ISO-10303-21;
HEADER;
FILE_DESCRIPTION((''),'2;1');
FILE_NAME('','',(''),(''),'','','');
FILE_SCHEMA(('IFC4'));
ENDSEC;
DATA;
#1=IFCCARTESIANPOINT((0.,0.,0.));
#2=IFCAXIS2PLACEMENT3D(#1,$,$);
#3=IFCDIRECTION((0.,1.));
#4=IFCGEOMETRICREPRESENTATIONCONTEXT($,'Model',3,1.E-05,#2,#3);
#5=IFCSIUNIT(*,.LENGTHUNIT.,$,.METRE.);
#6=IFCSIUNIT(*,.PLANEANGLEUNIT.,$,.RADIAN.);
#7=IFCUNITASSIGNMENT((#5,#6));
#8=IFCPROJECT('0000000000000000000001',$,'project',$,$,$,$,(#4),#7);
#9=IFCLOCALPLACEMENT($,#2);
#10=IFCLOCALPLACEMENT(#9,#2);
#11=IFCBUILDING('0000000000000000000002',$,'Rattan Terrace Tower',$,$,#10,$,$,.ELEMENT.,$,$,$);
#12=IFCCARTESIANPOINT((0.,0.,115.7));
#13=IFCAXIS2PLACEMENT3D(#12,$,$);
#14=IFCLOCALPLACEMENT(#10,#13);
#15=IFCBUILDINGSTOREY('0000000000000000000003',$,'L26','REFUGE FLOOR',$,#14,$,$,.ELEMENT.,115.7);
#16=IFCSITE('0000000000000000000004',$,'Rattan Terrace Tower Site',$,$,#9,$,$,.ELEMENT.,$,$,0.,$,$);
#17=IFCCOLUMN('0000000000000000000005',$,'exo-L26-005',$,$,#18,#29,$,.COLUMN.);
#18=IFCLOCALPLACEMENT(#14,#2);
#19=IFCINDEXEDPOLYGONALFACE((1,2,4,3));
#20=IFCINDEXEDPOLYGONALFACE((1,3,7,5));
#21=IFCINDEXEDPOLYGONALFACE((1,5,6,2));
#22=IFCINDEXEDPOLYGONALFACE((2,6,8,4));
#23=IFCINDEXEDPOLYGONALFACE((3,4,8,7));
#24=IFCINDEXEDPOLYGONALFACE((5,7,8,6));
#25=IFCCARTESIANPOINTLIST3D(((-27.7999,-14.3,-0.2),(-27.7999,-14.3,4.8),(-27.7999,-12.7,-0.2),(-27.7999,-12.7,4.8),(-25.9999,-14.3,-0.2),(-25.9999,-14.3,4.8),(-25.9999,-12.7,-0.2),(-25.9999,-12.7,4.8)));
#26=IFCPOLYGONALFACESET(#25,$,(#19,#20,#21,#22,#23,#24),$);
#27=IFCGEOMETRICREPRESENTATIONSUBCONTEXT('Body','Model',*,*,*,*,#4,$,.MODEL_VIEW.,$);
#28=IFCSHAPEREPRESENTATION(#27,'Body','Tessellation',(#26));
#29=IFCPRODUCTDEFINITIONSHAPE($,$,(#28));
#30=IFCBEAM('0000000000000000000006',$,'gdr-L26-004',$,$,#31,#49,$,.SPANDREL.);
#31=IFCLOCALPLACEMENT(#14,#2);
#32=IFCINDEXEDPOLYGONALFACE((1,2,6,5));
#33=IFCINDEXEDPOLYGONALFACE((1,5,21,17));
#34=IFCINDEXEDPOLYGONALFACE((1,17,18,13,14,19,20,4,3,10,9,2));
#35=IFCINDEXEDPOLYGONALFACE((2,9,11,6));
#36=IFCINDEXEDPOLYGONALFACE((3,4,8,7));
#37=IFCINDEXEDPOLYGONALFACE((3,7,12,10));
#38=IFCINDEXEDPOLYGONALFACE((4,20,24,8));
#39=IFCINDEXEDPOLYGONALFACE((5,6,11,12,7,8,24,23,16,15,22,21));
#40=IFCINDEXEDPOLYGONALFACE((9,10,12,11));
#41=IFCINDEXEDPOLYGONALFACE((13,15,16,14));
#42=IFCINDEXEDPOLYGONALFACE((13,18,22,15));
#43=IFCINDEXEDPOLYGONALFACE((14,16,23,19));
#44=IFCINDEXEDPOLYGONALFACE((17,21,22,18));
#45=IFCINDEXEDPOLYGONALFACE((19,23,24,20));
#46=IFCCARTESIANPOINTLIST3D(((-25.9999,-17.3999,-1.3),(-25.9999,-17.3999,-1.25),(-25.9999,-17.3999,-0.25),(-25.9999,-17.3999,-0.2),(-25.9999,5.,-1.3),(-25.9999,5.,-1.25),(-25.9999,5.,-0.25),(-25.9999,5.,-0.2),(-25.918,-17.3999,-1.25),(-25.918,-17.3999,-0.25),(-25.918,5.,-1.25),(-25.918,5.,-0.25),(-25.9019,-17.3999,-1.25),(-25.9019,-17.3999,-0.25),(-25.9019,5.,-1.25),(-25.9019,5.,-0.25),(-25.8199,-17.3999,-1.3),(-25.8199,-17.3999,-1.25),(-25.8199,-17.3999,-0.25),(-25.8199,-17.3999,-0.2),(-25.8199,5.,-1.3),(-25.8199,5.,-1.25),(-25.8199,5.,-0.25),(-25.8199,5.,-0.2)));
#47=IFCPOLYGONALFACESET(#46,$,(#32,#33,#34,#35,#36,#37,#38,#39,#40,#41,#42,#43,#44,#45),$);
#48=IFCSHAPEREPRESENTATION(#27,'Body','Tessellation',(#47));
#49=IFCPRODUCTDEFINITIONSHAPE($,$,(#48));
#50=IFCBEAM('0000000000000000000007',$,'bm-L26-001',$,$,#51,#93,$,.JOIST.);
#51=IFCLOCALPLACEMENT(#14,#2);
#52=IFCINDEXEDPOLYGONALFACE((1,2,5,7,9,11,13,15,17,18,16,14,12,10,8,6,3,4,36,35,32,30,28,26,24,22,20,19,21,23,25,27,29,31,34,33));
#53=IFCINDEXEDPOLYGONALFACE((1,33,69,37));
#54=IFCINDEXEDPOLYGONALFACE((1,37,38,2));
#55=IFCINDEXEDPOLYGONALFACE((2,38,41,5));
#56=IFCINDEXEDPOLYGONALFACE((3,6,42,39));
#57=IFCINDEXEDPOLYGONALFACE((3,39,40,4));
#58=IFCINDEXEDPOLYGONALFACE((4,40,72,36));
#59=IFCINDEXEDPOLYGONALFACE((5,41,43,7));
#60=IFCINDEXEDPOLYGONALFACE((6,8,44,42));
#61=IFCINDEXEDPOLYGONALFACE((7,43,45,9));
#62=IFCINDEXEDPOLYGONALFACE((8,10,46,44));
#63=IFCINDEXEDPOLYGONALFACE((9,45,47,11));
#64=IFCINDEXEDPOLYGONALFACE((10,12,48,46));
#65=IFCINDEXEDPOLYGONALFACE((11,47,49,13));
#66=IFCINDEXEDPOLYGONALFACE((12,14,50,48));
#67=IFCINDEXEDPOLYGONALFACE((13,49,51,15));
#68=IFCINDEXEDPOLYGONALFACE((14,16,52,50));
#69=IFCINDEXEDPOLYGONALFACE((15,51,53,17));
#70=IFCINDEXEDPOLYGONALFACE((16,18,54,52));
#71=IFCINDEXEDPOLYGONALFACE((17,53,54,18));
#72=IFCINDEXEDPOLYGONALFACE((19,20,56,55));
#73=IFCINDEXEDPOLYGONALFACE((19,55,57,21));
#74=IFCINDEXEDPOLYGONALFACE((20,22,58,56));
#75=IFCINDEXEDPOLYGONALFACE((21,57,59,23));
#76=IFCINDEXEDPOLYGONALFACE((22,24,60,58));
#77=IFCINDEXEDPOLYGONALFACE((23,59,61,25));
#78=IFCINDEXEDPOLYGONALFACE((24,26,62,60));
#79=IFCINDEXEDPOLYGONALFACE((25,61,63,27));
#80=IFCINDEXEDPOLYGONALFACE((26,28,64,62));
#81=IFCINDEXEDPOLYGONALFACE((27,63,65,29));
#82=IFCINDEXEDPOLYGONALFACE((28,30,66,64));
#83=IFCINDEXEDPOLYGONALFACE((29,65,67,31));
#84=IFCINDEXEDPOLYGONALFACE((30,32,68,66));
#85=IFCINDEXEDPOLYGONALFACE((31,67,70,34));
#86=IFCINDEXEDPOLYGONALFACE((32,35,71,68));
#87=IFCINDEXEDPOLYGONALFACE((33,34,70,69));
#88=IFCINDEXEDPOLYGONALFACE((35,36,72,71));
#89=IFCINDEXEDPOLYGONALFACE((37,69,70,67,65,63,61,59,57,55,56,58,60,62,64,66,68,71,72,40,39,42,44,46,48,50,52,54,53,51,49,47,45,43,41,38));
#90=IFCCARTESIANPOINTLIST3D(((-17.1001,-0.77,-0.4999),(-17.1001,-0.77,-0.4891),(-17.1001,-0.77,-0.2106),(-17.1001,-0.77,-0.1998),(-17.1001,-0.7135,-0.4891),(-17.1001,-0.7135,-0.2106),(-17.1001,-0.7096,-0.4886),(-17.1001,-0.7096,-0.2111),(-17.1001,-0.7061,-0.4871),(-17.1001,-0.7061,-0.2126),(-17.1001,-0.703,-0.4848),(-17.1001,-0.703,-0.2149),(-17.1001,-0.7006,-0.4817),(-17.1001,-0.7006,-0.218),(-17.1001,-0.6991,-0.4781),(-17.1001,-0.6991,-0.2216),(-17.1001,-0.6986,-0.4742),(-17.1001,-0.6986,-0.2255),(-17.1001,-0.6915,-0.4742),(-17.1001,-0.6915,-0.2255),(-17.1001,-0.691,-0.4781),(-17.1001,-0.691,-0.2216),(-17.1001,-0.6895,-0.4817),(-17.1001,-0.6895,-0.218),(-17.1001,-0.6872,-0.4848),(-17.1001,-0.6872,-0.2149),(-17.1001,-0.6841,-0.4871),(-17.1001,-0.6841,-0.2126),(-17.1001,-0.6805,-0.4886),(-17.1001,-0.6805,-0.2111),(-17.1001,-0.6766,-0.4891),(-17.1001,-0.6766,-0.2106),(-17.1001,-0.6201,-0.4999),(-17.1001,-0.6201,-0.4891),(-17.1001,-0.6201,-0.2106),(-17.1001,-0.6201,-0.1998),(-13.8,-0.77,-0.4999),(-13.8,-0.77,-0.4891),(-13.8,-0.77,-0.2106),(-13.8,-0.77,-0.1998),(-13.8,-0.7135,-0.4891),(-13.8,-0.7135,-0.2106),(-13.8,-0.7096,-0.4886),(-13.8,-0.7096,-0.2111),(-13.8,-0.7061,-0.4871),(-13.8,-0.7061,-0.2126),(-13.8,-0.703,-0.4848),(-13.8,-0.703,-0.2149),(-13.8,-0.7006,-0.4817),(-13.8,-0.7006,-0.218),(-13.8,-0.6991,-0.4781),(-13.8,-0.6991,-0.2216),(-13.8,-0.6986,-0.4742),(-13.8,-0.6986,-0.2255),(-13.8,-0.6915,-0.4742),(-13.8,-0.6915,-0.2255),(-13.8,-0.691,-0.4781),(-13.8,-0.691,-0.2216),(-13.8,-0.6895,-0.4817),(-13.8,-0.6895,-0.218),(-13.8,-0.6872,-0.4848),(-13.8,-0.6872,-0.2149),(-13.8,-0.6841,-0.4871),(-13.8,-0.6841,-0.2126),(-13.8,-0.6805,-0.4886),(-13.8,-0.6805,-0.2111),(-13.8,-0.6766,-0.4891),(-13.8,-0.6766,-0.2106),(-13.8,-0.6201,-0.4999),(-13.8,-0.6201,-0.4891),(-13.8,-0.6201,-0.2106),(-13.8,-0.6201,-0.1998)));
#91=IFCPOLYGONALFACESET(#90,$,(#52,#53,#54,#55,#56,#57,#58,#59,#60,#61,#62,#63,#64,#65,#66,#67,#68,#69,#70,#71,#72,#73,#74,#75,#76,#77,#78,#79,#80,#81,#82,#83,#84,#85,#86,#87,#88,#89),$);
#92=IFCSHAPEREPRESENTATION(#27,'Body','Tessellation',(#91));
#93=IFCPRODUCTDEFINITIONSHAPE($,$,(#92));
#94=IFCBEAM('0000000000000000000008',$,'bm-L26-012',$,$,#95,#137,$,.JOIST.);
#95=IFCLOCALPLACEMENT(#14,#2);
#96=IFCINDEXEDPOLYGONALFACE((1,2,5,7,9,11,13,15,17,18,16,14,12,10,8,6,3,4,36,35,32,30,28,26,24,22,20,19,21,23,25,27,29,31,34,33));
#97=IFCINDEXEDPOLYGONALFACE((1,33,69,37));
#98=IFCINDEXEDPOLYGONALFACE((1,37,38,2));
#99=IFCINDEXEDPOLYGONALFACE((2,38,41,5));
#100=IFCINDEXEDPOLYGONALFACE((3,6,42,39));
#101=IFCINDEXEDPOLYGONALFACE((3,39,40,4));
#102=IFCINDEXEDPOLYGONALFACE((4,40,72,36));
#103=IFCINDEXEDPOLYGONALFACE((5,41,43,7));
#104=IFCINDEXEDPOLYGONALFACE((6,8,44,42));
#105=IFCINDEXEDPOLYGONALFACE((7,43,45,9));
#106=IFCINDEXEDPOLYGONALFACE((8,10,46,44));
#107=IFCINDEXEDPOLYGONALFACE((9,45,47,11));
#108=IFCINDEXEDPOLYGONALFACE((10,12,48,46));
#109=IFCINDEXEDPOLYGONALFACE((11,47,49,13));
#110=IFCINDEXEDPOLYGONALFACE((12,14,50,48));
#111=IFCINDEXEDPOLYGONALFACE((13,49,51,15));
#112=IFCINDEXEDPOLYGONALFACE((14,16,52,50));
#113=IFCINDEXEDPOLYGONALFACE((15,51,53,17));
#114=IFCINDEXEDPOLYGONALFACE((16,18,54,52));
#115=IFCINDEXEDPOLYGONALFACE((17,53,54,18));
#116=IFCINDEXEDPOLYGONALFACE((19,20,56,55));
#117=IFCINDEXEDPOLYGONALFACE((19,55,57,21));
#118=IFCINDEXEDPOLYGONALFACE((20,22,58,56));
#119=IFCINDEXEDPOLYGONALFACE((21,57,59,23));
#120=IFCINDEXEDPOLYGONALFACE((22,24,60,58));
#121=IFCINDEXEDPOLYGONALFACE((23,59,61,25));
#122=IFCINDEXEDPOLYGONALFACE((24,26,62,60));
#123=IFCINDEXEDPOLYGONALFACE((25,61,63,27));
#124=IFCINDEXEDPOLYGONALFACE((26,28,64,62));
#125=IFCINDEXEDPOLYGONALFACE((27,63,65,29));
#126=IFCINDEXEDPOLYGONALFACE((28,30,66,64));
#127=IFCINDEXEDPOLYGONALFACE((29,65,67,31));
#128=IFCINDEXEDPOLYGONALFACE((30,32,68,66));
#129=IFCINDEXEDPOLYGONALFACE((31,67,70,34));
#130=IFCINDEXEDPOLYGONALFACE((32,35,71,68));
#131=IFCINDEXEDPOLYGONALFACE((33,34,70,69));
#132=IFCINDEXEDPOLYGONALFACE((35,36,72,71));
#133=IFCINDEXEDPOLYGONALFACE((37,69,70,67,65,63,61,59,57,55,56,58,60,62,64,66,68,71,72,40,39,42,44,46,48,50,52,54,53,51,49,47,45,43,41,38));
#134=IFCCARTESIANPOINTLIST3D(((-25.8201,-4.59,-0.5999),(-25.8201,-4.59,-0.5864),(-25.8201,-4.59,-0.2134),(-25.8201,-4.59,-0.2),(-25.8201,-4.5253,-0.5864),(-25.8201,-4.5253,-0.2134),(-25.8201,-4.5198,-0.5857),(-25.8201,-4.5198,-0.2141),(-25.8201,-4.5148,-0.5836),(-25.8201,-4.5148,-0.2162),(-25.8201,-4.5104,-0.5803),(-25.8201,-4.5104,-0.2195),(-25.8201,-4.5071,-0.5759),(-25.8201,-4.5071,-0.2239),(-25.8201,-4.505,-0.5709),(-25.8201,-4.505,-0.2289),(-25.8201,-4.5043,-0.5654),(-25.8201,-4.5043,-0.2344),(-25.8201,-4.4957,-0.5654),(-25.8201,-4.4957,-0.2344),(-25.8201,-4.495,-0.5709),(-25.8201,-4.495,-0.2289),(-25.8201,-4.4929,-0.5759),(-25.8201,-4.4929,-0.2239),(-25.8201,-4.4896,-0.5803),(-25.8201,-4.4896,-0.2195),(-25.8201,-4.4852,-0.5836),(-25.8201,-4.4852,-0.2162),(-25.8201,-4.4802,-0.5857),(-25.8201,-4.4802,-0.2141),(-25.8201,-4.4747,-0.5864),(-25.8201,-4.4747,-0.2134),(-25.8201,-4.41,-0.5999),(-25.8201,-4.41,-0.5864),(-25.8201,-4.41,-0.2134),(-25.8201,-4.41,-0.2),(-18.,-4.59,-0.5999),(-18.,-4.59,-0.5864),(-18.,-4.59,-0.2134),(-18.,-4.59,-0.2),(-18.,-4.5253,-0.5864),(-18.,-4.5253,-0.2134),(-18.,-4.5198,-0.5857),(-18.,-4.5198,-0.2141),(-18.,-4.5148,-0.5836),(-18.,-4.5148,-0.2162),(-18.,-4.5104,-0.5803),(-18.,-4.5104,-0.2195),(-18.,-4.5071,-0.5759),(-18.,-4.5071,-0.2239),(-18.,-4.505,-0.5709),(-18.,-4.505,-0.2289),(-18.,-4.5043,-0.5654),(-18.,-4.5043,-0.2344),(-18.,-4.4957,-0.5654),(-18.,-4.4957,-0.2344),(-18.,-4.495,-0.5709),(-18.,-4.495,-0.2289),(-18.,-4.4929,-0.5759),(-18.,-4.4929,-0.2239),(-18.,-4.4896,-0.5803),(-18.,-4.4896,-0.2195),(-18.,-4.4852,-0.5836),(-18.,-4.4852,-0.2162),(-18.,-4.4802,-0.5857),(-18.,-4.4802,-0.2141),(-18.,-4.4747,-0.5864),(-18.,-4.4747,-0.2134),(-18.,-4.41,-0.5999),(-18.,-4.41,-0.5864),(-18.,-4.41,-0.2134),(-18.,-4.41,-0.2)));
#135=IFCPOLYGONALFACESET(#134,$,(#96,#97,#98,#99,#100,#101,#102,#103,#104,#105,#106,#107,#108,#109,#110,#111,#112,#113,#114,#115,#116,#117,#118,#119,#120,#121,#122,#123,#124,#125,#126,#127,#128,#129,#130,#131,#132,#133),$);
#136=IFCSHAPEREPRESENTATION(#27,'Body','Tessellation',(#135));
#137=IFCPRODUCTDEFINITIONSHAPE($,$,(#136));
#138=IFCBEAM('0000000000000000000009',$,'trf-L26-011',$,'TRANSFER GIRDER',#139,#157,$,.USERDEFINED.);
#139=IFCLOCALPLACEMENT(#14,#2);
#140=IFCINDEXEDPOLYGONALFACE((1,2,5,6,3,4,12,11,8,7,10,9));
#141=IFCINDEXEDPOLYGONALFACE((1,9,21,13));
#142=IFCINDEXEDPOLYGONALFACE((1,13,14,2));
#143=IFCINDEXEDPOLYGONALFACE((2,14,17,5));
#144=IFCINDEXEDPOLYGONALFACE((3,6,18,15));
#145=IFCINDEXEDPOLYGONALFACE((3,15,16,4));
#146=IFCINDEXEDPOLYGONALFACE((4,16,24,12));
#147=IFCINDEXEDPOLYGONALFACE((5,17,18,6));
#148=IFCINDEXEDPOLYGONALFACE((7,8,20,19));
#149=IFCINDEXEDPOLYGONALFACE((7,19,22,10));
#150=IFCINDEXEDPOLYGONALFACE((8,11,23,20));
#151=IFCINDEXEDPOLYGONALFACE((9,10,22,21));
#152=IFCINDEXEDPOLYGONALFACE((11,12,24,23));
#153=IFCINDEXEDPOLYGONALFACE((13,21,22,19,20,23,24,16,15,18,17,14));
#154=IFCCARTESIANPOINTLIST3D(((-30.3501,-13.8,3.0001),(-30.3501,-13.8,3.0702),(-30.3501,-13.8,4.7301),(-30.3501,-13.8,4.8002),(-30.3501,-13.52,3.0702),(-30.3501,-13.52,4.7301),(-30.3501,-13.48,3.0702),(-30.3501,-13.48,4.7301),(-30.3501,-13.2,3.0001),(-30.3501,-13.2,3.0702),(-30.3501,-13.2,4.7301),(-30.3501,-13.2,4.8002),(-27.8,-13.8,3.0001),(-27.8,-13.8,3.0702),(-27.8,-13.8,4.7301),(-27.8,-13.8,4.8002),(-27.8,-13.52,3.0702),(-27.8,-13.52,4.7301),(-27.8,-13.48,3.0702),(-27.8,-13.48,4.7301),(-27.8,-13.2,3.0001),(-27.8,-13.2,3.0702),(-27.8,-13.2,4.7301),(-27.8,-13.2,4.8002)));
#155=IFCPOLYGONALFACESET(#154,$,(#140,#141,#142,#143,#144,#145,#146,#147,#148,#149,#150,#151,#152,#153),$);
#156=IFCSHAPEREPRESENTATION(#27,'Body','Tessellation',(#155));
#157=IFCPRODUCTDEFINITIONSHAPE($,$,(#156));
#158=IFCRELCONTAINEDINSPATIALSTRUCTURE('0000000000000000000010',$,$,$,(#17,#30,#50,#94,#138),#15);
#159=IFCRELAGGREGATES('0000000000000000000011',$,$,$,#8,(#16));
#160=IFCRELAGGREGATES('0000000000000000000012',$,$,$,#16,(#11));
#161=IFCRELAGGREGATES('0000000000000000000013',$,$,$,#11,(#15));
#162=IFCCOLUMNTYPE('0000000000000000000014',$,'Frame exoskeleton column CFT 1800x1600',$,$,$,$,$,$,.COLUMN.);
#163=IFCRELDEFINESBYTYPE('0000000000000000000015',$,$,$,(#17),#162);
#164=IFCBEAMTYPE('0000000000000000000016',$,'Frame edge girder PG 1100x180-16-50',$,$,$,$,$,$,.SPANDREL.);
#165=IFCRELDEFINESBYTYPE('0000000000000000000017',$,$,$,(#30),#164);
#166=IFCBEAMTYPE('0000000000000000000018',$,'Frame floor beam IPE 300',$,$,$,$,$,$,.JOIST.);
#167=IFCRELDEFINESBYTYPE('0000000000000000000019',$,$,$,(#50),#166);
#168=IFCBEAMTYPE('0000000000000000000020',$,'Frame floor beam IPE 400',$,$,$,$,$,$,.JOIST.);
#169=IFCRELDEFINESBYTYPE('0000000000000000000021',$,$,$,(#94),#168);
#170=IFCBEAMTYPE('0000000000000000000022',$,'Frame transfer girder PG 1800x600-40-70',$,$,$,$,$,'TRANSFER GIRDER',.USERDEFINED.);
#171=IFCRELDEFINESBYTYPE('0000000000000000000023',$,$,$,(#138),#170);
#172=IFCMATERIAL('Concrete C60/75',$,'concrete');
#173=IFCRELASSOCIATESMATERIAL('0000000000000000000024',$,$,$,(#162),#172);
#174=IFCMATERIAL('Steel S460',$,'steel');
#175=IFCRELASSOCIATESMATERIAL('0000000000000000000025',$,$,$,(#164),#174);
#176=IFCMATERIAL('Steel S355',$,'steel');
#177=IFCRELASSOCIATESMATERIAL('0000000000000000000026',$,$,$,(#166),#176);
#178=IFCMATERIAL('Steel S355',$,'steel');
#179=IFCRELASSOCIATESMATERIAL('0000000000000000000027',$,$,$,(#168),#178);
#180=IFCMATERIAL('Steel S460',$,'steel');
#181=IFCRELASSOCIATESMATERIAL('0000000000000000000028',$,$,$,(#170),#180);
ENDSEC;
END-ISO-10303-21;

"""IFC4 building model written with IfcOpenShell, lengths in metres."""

from ifc_helpers import new_model, si_unit, direction, frame, origin, origin_2d, place, context, subcontext, project, spatial, rectangle, i_section, extrude, material, material_profile, profile_set, type_object, element, save


model = new_model("IFC4")

# Units and contexts
model_context = context("Model", 3, precision=1e-05, world=origin(), true_north=direction((0.0, 1.0)))
body_context = subcontext(model_context, "Body", "Model", "MODEL_VIEW")
ifc_project = project(units=[si_unit("LENGTHUNIT", "METRE"), si_unit("PLANEANGLEUNIT", "RADIAN")], contexts=[model_context])

# Site, building, storey
site_placement = place(None, origin())
site = spatial("IfcSite", under=ifc_project, at=site_placement, Name="Rattan Terrace Tower Site", CompositionType="ELEMENT", RefElevation=0.0)
building_placement = place(site_placement, origin())
building = spatial("IfcBuilding", under=site, at=building_placement, Name="Rattan Terrace Tower", CompositionType="ELEMENT")
storey_placement = place(building_placement, frame((0.0, 0.0, 115.7)))
storey = spatial("IfcBuildingStorey", under=building, at=storey_placement, Name="L26", Description="REFUGE FLOOR", CompositionType="ELEMENT", Elevation=115.7)

# Column
ifc_material_1 = material(Name="Concrete C60/75", Category="concrete")
ifc_material_profile_1 = material_profile(ifc_material_1, rectangle(XDim=1.6001, YDim=1.8, at=origin_2d()), Name="CFT 1800x1600")
ifc_profile_set_1 = profile_set([ifc_material_profile_1], Name="Concrete C60/75")
column_type = type_object("IfcColumnType", Name="Frame exoskeleton column CFT 1800x1600", PredefinedType="COLUMN", material=ifc_profile_set_1)
column_placement = place(storey_placement, frame((-26.8999, -13.5, -0.2), z_axis=(0.0, 0.0, 1.0), x_axis=(0.0, 1.0, 0.0)))
element("IfcColumn", 1, at=column_placement, inside=storey, type_object=column_type, Name="exo-L26-005", PredefinedType="COLUMN", context=body_context, shape_type="SweptSolid", body=[
    extrude(rectangle(XDim=1.6001, YDim=1.8, at=origin_2d()), origin(), (0.0, 0.0, 1.0), 5.0),
])

# Beams
ifc_material_2 = material(Name="Steel S460", Category="steel")
ifc_material_profile_2 = material_profile(ifc_material_2, i_section(OverallWidth=0.1799, OverallDepth=1.1001, WebThickness=0.0161, FlangeThickness=0.05, at=origin_2d()), Name="PG 1100x180-16-50")
ifc_profile_set_2 = profile_set([ifc_material_profile_2], Name="Steel S460")
beam_type_1 = type_object("IfcBeamType", Name="Frame edge girder PG 1100x180-16-50", PredefinedType="SPANDREL", material=ifc_profile_set_2)
beam_1_placement = place(storey_placement, frame((-25.9099, -17.3999, -0.75), z_axis=(0.0, 1.0, 0.0), x_axis=(-1.0, 0.0, 0.0)))
element("IfcBeam", 2, at=beam_1_placement, inside=storey, type_object=beam_type_1, Name="gdr-L26-004", PredefinedType="SPANDREL", context=body_context, shape_type="SweptSolid", body=[
    extrude(i_section(OverallWidth=0.1799, OverallDepth=1.1001, WebThickness=0.0161, FlangeThickness=0.05, at=origin_2d()), origin(), (0.0, 0.0, 1.0), 22.3999),
])
ifc_material_3 = material(Name="Steel S355", Category="steel")
ifc_material_profile_3 = material_profile(ifc_material_3, i_section(OverallWidth=0.1499, OverallDepth=0.3, WebThickness=0.0071, FlangeThickness=0.0107, FilletRadius=0.0149, at=origin_2d()), Name="IPE 300")
ifc_profile_set_3 = profile_set([ifc_material_profile_3], Name="Steel S355")
beam_type_2 = type_object("IfcBeamType", Name="Frame floor beam IPE 300", PredefinedType="JOIST", material=ifc_profile_set_3)
beam_2_placement = place(storey_placement, frame((-17.1001, -0.6951, -0.3499), z_axis=(1.0, 0.0, 0.0), x_axis=(0.0, 1.0, 0.0)))
element("IfcBeam", 3, at=beam_2_placement, inside=storey, type_object=beam_type_2, Name="bm-L26-001", PredefinedType="JOIST", context=body_context, shape_type="SweptSolid", body=[
    extrude(i_section(OverallWidth=0.1499, OverallDepth=0.3, WebThickness=0.0071, FlangeThickness=0.0107, FilletRadius=0.0149, at=origin_2d()), origin(), (0.0, 0.0, 1.0), 3.3),
])
ifc_material_4 = material(Name="Steel S355", Category="steel")
ifc_material_profile_4 = material_profile(ifc_material_4, i_section(OverallWidth=0.1799, OverallDepth=0.3999, WebThickness=0.0085, FlangeThickness=0.0134, FilletRadius=0.021, at=origin_2d()), Name="IPE 400")
ifc_profile_set_4 = profile_set([ifc_material_profile_4], Name="Steel S355")
beam_type_3 = type_object("IfcBeamType", Name="Frame floor beam IPE 400", PredefinedType="JOIST", material=ifc_profile_set_4)
beam_3_placement = place(storey_placement, frame((-25.8201, -4.5, -0.3999), z_axis=(1.0, 0.0, 0.0), x_axis=(0.0, 1.0, 0.0)))
element("IfcBeam", 4, at=beam_3_placement, inside=storey, type_object=beam_type_3, Name="bm-L26-012", PredefinedType="JOIST", context=body_context, shape_type="SweptSolid", body=[
    extrude(i_section(OverallWidth=0.1799, OverallDepth=0.3999, WebThickness=0.0085, FlangeThickness=0.0134, FilletRadius=0.021, at=origin_2d()), origin(), (0.0, 0.0, 1.0), 7.8201),
])
ifc_material_5 = material(Name="Steel S460", Category="steel")
ifc_material_profile_5 = material_profile(ifc_material_5, i_section(OverallWidth=0.6001, OverallDepth=1.8, WebThickness=0.04, FlangeThickness=0.0701, at=origin_2d()), Name="PG 1800x600-40-70")
ifc_profile_set_5 = profile_set([ifc_material_profile_5], Name="Steel S460")
beam_type_4 = type_object("IfcBeamType", Name="Frame transfer girder PG 1800x600-40-70", ElementType="TRANSFER GIRDER", PredefinedType="USERDEFINED", material=ifc_profile_set_5)
beam_4_placement = place(storey_placement, frame((-30.3501, -13.5, 3.9001), z_axis=(1.0, 0.0, 0.0), x_axis=(0.0, 1.0, 0.0)))
element("IfcBeam", 5, at=beam_4_placement, inside=storey, type_object=beam_type_4, Name="trf-L26-011", ObjectType="TRANSFER GIRDER", PredefinedType="USERDEFINED", context=body_context, shape_type="SweptSolid", body=[
    extrude(i_section(OverallWidth=0.6001, OverallDepth=1.8, WebThickness=0.04, FlangeThickness=0.0701, at=origin_2d()), origin(), (0.0, 0.0, 1.0), 2.55),
])

save(model, "model.ifc")
